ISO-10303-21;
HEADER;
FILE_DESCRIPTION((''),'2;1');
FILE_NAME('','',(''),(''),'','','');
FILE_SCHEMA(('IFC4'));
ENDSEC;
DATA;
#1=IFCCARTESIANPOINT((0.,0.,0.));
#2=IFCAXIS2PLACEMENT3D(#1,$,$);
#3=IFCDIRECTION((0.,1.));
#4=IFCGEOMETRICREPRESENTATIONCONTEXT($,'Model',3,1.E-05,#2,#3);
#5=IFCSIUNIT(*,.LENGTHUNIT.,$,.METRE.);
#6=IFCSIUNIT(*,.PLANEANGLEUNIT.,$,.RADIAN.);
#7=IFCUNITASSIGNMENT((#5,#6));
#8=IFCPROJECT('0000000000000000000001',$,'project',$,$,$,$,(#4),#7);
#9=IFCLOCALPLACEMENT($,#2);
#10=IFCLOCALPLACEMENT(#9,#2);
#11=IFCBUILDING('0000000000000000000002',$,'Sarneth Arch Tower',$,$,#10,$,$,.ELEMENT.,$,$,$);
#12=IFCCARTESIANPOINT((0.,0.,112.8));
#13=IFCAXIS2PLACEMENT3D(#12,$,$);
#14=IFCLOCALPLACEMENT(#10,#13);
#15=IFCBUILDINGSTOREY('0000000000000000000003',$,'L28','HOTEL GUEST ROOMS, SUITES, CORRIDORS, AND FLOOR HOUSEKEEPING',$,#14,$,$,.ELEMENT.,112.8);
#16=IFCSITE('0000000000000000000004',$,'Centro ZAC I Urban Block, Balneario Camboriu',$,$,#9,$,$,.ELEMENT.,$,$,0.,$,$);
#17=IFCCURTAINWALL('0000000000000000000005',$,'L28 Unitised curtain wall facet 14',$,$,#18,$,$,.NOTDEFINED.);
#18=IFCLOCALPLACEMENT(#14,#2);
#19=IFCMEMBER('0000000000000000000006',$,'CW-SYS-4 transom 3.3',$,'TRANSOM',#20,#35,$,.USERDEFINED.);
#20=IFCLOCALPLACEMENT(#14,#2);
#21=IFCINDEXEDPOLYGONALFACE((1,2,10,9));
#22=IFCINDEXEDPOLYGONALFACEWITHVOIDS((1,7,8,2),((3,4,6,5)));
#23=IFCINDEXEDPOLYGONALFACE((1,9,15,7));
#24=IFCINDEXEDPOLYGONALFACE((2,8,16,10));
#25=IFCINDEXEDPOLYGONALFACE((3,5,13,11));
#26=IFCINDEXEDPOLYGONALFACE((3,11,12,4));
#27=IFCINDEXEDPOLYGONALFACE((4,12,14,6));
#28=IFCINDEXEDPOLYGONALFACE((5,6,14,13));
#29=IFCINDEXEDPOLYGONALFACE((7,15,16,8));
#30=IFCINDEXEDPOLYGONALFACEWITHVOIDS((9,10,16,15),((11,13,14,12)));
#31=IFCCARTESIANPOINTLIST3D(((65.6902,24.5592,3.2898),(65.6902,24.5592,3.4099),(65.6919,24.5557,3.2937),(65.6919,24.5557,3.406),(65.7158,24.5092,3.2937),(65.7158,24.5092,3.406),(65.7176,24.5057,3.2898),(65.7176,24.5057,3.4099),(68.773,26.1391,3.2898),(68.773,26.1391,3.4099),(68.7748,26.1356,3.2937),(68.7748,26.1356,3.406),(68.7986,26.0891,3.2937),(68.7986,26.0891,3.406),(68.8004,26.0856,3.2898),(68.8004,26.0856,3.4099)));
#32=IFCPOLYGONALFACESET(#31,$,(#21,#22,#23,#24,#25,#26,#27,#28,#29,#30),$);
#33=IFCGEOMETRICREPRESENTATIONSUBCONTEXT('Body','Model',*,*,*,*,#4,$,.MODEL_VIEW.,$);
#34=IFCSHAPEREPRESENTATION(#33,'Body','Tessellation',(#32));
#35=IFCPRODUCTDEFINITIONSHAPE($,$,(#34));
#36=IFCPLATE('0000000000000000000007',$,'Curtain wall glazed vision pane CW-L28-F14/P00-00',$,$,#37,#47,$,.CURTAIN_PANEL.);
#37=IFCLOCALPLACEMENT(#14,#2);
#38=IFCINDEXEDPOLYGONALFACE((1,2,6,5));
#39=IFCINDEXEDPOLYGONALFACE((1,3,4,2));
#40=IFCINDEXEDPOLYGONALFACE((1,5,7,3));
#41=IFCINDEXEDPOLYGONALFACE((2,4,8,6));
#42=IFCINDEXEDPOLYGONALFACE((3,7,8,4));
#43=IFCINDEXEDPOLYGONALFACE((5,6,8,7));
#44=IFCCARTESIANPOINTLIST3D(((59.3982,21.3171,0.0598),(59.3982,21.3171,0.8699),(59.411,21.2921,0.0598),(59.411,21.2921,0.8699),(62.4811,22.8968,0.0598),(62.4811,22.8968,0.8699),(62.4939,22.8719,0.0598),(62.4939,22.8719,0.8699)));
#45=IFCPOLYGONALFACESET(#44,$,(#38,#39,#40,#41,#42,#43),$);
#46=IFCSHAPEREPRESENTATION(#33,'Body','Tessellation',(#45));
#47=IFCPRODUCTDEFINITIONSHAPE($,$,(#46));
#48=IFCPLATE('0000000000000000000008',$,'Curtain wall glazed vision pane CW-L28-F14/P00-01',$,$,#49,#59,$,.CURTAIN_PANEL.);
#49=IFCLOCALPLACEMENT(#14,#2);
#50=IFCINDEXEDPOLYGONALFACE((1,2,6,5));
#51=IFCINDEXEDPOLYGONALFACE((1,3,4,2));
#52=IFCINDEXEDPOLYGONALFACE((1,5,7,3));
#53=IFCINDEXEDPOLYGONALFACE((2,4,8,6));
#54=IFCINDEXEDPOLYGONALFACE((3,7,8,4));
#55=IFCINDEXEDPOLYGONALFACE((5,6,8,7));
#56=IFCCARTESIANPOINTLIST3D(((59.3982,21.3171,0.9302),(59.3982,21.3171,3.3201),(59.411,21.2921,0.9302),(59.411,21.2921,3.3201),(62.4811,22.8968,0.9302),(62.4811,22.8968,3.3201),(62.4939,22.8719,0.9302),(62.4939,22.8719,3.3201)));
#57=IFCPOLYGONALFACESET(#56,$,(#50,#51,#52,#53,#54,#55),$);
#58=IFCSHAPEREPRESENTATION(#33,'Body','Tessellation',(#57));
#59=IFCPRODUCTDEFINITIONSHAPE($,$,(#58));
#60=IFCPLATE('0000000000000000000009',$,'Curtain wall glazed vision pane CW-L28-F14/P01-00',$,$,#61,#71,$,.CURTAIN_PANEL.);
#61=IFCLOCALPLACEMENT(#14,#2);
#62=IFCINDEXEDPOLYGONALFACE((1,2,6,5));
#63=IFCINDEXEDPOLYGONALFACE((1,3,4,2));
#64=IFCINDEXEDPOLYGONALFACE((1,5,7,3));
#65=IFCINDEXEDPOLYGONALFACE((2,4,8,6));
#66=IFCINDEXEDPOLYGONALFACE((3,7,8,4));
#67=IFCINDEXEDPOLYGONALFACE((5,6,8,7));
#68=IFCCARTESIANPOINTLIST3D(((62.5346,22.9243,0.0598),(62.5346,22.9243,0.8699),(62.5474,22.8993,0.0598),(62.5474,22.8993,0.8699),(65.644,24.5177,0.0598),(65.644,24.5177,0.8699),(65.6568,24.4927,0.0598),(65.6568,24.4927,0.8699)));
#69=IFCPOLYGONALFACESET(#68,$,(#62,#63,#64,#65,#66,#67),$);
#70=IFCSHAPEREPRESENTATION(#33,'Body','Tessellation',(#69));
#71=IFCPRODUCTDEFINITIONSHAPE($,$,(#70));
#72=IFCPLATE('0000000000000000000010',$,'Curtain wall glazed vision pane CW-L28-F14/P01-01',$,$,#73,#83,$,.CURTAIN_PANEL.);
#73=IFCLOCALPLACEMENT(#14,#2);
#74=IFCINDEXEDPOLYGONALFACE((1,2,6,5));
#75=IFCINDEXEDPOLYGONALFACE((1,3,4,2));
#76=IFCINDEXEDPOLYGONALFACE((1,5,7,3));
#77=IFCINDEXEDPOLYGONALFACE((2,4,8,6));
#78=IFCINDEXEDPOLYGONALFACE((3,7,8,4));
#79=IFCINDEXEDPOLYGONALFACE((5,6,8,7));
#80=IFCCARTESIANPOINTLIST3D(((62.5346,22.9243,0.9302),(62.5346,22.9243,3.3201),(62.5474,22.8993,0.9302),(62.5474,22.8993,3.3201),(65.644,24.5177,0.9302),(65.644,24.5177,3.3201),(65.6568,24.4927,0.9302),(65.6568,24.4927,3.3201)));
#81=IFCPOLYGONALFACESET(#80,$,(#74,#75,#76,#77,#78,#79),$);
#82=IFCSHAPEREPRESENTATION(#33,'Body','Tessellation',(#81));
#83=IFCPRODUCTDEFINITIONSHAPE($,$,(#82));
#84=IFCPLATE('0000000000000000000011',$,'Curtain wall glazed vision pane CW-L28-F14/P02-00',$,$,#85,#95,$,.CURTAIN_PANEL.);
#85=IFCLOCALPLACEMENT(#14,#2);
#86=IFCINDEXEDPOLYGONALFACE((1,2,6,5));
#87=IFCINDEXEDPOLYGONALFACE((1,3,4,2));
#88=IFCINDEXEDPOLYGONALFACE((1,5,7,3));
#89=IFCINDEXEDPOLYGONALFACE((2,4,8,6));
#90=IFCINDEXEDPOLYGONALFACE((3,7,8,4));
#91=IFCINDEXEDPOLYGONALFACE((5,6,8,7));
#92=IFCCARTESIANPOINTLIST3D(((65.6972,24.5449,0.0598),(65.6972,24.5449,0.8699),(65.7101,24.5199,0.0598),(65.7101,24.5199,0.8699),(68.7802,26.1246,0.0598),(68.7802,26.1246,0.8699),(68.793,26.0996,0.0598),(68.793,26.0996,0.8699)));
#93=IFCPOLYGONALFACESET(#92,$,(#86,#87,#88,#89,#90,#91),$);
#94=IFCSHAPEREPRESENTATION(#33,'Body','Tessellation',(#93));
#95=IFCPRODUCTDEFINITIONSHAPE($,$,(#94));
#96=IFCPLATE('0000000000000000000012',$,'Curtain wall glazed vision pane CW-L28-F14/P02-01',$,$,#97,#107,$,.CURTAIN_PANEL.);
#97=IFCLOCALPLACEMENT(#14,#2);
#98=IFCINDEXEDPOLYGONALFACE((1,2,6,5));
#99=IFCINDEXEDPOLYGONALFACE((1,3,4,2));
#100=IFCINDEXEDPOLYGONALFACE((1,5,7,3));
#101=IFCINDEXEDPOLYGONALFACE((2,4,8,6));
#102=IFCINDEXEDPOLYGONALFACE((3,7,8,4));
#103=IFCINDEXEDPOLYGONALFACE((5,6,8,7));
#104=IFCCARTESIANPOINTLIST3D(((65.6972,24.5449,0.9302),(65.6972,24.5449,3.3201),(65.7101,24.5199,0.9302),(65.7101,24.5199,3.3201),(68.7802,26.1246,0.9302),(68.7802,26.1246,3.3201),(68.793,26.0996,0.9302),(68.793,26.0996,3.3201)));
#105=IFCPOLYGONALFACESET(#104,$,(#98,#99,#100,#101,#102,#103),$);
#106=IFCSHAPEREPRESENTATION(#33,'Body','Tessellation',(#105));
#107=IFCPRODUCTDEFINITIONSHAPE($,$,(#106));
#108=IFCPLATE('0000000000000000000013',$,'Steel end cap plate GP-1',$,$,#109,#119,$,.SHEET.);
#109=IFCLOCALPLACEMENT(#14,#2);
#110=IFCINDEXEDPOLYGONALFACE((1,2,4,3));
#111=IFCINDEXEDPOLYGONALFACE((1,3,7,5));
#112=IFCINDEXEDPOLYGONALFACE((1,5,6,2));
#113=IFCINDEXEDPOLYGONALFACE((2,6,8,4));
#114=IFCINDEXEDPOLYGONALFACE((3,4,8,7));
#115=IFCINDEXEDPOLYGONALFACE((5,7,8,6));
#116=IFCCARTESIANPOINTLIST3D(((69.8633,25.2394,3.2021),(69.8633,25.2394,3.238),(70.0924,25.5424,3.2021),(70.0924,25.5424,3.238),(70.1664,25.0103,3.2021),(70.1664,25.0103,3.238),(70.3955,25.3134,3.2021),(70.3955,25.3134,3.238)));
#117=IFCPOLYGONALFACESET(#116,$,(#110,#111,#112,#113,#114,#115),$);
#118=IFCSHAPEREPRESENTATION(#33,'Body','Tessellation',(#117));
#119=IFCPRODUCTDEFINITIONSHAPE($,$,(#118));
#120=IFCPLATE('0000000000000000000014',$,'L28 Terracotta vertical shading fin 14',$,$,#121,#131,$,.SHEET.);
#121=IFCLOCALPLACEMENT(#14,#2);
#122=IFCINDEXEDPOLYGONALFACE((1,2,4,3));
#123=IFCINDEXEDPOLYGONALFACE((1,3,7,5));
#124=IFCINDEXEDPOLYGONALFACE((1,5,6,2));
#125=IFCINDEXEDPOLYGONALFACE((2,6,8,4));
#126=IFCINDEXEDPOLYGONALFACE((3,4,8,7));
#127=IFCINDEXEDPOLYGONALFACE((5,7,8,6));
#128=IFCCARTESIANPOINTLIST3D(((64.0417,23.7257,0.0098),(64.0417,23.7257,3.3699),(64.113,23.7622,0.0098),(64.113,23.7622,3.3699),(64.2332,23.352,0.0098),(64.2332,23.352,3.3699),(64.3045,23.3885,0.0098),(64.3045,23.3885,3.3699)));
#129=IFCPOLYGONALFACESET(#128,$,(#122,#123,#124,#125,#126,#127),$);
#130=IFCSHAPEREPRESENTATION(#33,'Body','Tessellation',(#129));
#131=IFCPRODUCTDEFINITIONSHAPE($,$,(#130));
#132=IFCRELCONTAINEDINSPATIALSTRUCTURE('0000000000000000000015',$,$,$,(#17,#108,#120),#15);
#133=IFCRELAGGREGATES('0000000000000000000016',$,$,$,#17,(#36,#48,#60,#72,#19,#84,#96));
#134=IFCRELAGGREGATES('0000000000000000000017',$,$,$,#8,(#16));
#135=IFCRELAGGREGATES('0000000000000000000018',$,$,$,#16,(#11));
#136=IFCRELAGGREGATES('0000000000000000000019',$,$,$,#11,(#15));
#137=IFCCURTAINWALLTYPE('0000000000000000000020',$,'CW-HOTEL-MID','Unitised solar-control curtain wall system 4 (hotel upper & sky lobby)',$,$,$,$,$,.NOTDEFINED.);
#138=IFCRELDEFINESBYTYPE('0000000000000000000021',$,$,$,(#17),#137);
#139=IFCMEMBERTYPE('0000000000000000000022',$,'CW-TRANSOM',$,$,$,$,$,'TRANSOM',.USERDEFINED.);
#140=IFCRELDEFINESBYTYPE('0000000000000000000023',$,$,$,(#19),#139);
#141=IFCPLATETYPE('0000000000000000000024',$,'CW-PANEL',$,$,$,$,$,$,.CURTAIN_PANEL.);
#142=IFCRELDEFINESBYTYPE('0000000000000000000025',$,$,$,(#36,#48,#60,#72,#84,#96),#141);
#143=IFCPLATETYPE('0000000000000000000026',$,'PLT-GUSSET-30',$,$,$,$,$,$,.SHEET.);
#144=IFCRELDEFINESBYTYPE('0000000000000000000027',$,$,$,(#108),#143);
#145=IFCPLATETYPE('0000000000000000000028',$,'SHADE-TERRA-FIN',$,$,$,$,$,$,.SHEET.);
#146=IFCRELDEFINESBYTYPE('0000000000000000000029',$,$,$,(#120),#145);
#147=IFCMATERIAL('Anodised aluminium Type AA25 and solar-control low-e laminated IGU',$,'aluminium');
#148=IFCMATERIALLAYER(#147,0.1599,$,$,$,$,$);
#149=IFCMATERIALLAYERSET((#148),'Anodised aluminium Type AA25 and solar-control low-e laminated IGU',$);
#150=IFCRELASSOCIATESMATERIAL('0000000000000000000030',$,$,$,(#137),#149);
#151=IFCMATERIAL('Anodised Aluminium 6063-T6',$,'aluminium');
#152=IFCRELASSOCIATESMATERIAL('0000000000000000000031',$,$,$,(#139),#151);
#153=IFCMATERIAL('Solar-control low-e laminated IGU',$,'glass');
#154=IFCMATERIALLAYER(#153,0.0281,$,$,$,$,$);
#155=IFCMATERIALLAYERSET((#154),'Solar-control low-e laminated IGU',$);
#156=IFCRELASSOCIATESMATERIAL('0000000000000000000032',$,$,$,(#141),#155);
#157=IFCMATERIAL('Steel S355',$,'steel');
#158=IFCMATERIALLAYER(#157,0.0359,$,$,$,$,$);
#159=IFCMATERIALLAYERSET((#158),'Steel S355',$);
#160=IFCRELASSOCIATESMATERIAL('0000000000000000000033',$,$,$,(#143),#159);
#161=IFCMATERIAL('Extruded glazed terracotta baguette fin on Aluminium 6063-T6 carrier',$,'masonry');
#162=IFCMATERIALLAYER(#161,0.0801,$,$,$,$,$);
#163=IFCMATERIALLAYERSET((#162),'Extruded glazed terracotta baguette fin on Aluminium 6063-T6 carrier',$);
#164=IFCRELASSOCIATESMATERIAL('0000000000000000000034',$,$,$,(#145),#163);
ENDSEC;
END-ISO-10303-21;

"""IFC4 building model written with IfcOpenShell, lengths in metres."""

from ifc_helpers import new_model, si_unit, direction, frame, origin, origin_2d, place, context, subcontext, project, spatial, rectangle, hollow_rectangle, extrude, material, layer, layer_set, material_profile, profile_set, type_object, element, aggregate, save


model = new_model("IFC4")

# Units and contexts
model_context = context("Model", 3, precision=1e-05, world=origin(), true_north=direction((0.0, 1.0)))
body_context = subcontext(model_context, "Body", "Model", "MODEL_VIEW")
ifc_project = project(units=[si_unit("LENGTHUNIT", "METRE"), si_unit("PLANEANGLEUNIT", "RADIAN")], contexts=[model_context])

# Site, building, storey
site_placement = place(None, origin())
site = spatial("IfcSite", under=ifc_project, at=site_placement, Name="Centro ZAC I Urban Block, Balneario Camboriu", CompositionType="ELEMENT", RefElevation=0.0)
building_placement = place(site_placement, origin())
building = spatial("IfcBuilding", under=site, at=building_placement, Name="Sarneth Arch Tower", CompositionType="ELEMENT")
storey_placement = place(building_placement, frame((0.0, 0.0, 112.8)))
storey = spatial("IfcBuildingStorey", under=building, at=storey_placement, Name="L28", Description="HOTEL GUEST ROOMS, SUITES, CORRIDORS, AND FLOOR HOUSEKEEPING", CompositionType="ELEMENT", Elevation=112.8)

# Curtain wall, member, plates
ifc_material_1 = material(Name="Anodised aluminium Type AA25 and solar-control low-e laminated IGU", Category="aluminium")
ifc_layer_1 = layer(ifc_material_1, 0.1599)
ifc_layer_set_1 = layer_set([ifc_layer_1], Name="Anodised aluminium Type AA25 and solar-control low-e laminated IGU")
curtain_wall_type = type_object("IfcCurtainWallType", Name="CW-HOTEL-MID", Description="Unitised solar-control curtain wall system 4 (hotel upper & sky lobby)", PredefinedType="NOTDEFINED", material=ifc_layer_set_1)
curtain_wall_placement = place(storey_placement, origin())
curtain_wall = element("IfcCurtainWall", 1, at=curtain_wall_placement, inside=storey, type_object=curtain_wall_type, Name="L28 Unitised curtain wall facet 14", PredefinedType="NOTDEFINED")
ifc_material_2 = material(Name="Anodised Aluminium 6063-T6", Category="aluminium")
ifc_material_profile_1 = material_profile(ifc_material_2, hollow_rectangle(XDim=0.0601, YDim=0.1201, WallThickness=0.0039, at=origin_2d()), Name="AL-TRAN-120x60x4")
ifc_profile_set_1 = profile_set([ifc_material_profile_1], Name="Anodised Aluminium 6063-T6")
member_type_1 = type_object("IfcMemberType", Name="CW-TRANSOM", ElementType="TRANSOM", PredefinedType="USERDEFINED", material=ifc_profile_set_1)
member_1_placement = place(storey_placement, frame((65.7039, 24.5325, 3.3499), z_axis=(0.889943, 0.456072, 0.0), x_axis=(-0.456072, 0.889943, 0.0)))
member_1 = element("IfcMember", 2, at=member_1_placement, type_object=member_type_1, Name="CW-SYS-4 transom 3.3", ObjectType="TRANSOM", PredefinedType="USERDEFINED", context=body_context, shape_type="SweptSolid", body=[
    extrude(hollow_rectangle(XDim=0.0601, YDim=0.1201, WallThickness=0.0039, at=origin_2d()), origin(), (0.0, 0.0, 1.0), 3.4641),
])
ifc_material_3 = material(Name="Solar-control low-e laminated IGU", Category="glass")
ifc_layer_2 = layer(ifc_material_3, 0.0281)
ifc_layer_set_2 = layer_set([ifc_layer_2], Name="Solar-control low-e laminated IGU")
plate_type_1 = type_object("IfcPlateType", Name="CW-PANEL", PredefinedType="CURTAIN_PANEL", material=ifc_layer_set_2)
plate_1_placement = place(storey_placement, frame((60.946, 22.0945, 0.0598), z_axis=(0.0, 0.0, 1.0), x_axis=(0.889964, 0.456031, 0.0)))
plate_1 = element("IfcPlate", 3, at=plate_1_placement, type_object=plate_type_1, Name="Curtain wall glazed vision pane CW-L28-F14/P00-00", PredefinedType="CURTAIN_PANEL", context=body_context, shape_type="SweptSolid", body=[
    extrude(rectangle(XDim=3.4641, YDim=0.0281, at=origin_2d()), origin(), (0.0, 0.0, 1.0), 0.8101),
])
plate_2_placement = place(storey_placement, frame((60.946, 22.0945, 0.9302), z_axis=(0.0, 0.0, 1.0), x_axis=(0.889964, 0.456031, 0.0)))
plate_2 = element("IfcPlate", 4, at=plate_2_placement, type_object=plate_type_1, Name="Curtain wall glazed vision pane CW-L28-F14/P00-01", PredefinedType="CURTAIN_PANEL", context=body_context, shape_type="SweptSolid", body=[
    extrude(rectangle(XDim=3.4641, YDim=0.0281, at=origin_2d()), origin(), (0.0, 0.0, 1.0), 2.3899),
])
plate_3_placement = place(storey_placement, frame((64.0957, 23.7085, 0.0598), z_axis=(0.0, 0.0, 1.0), x_axis=(0.889964, 0.456031, 0.0)))
plate_3 = element("IfcPlate", 5, at=plate_3_placement, type_object=plate_type_1, Name="Curtain wall glazed vision pane CW-L28-F14/P01-00", PredefinedType="CURTAIN_PANEL", context=body_context, shape_type="SweptSolid", body=[
    extrude(rectangle(XDim=3.4939, YDim=0.0281, at=origin_2d()), origin(), (0.0, 0.0, 1.0), 0.8101),
])
plate_4_placement = place(storey_placement, frame((64.0957, 23.7085, 0.9302), z_axis=(0.0, 0.0, 1.0), x_axis=(0.889964, 0.456031, 0.0)))
plate_4 = element("IfcPlate", 6, at=plate_4_placement, type_object=plate_type_1, Name="Curtain wall glazed vision pane CW-L28-F14/P01-01", PredefinedType="CURTAIN_PANEL", context=body_context, shape_type="SweptSolid", body=[
    extrude(rectangle(XDim=3.4939, YDim=0.0281, at=origin_2d()), origin(), (0.0, 0.0, 1.0), 2.3899),
])
plate_5_placement = place(storey_placement, frame((67.2451, 25.3223, 0.0598), z_axis=(0.0, 0.0, 1.0), x_axis=(0.889964, 0.456031, 0.0)))
plate_5 = element("IfcPlate", 7, at=plate_5_placement, type_object=plate_type_1, Name="Curtain wall glazed vision pane CW-L28-F14/P02-00", PredefinedType="CURTAIN_PANEL", context=body_context, shape_type="SweptSolid", body=[
    extrude(rectangle(XDim=3.4641, YDim=0.0281, at=origin_2d()), origin(), (0.0, 0.0, 1.0), 0.8101),
])
plate_6_placement = place(storey_placement, frame((67.2451, 25.3223, 0.9302), z_axis=(0.0, 0.0, 1.0), x_axis=(0.889964, 0.456031, 0.0)))
plate_6 = element("IfcPlate", 8, at=plate_6_placement, type_object=plate_type_1, Name="Curtain wall glazed vision pane CW-L28-F14/P02-01", PredefinedType="CURTAIN_PANEL", context=body_context, shape_type="SweptSolid", body=[
    extrude(rectangle(XDim=3.4641, YDim=0.0281, at=origin_2d()), origin(), (0.0, 0.0, 1.0), 2.3899),
])
aggregate(curtain_wall, [plate_1, plate_2, plate_3, plate_4, member_1, plate_5, plate_6])

# Plates
ifc_material_4 = material(Name="Steel S355", Category="steel")
ifc_layer_3 = layer(ifc_material_4, 0.0359)
ifc_layer_set_3 = layer_set([ifc_layer_3], Name="Steel S355")
plate_type_2 = type_object("IfcPlateType", Name="PLT-GUSSET-30", PredefinedType="SHEET", material=ifc_layer_set_3)
plate_7_placement = place(storey_placement, frame((70.1294, 25.2764, 3.2021), z_axis=(0.0, 0.0, 1.0), x_axis=(0.797794, -0.60293, 0.0)))
element("IfcPlate", 9, at=plate_7_placement, inside=storey, type_object=plate_type_2, Name="Steel end cap plate GP-1", PredefinedType="SHEET", context=body_context, shape_type="SweptSolid", body=[
    extrude(rectangle(XDim=0.3799, YDim=0.3799, at=origin_2d()), origin(), (0.0, 0.0, 1.0), 0.0359),
])
ifc_material_5 = material(Name="Extruded glazed terracotta baguette fin on Aluminium 6063-T6 carrier", Category="masonry")
ifc_layer_4 = layer(ifc_material_5, 0.0801)
ifc_layer_set_4 = layer_set([ifc_layer_4], Name="Extruded glazed terracotta baguette fin on Aluminium 6063-T6 carrier")
plate_type_3 = type_object("IfcPlateType", Name="SHADE-TERRA-FIN", PredefinedType="SHEET", material=ifc_layer_set_4)
plate_8_placement = place(storey_placement, frame((64.1731, 23.5571, 0.0098), z_axis=(0.0, 0.0, 1.0), x_axis=(0.456011, -0.889974, 0.0)))
element("IfcPlate", 10, at=plate_8_placement, inside=storey, type_object=plate_type_3, Name="L28 Terracotta vertical shading fin 14", PredefinedType="SHEET", context=body_context, shape_type="SweptSolid", body=[
    extrude(rectangle(XDim=0.4199, YDim=0.0801, at=origin_2d()), origin(), (0.0, 0.0, 1.0), 3.3601),
])

save(model, "model.ifc")
